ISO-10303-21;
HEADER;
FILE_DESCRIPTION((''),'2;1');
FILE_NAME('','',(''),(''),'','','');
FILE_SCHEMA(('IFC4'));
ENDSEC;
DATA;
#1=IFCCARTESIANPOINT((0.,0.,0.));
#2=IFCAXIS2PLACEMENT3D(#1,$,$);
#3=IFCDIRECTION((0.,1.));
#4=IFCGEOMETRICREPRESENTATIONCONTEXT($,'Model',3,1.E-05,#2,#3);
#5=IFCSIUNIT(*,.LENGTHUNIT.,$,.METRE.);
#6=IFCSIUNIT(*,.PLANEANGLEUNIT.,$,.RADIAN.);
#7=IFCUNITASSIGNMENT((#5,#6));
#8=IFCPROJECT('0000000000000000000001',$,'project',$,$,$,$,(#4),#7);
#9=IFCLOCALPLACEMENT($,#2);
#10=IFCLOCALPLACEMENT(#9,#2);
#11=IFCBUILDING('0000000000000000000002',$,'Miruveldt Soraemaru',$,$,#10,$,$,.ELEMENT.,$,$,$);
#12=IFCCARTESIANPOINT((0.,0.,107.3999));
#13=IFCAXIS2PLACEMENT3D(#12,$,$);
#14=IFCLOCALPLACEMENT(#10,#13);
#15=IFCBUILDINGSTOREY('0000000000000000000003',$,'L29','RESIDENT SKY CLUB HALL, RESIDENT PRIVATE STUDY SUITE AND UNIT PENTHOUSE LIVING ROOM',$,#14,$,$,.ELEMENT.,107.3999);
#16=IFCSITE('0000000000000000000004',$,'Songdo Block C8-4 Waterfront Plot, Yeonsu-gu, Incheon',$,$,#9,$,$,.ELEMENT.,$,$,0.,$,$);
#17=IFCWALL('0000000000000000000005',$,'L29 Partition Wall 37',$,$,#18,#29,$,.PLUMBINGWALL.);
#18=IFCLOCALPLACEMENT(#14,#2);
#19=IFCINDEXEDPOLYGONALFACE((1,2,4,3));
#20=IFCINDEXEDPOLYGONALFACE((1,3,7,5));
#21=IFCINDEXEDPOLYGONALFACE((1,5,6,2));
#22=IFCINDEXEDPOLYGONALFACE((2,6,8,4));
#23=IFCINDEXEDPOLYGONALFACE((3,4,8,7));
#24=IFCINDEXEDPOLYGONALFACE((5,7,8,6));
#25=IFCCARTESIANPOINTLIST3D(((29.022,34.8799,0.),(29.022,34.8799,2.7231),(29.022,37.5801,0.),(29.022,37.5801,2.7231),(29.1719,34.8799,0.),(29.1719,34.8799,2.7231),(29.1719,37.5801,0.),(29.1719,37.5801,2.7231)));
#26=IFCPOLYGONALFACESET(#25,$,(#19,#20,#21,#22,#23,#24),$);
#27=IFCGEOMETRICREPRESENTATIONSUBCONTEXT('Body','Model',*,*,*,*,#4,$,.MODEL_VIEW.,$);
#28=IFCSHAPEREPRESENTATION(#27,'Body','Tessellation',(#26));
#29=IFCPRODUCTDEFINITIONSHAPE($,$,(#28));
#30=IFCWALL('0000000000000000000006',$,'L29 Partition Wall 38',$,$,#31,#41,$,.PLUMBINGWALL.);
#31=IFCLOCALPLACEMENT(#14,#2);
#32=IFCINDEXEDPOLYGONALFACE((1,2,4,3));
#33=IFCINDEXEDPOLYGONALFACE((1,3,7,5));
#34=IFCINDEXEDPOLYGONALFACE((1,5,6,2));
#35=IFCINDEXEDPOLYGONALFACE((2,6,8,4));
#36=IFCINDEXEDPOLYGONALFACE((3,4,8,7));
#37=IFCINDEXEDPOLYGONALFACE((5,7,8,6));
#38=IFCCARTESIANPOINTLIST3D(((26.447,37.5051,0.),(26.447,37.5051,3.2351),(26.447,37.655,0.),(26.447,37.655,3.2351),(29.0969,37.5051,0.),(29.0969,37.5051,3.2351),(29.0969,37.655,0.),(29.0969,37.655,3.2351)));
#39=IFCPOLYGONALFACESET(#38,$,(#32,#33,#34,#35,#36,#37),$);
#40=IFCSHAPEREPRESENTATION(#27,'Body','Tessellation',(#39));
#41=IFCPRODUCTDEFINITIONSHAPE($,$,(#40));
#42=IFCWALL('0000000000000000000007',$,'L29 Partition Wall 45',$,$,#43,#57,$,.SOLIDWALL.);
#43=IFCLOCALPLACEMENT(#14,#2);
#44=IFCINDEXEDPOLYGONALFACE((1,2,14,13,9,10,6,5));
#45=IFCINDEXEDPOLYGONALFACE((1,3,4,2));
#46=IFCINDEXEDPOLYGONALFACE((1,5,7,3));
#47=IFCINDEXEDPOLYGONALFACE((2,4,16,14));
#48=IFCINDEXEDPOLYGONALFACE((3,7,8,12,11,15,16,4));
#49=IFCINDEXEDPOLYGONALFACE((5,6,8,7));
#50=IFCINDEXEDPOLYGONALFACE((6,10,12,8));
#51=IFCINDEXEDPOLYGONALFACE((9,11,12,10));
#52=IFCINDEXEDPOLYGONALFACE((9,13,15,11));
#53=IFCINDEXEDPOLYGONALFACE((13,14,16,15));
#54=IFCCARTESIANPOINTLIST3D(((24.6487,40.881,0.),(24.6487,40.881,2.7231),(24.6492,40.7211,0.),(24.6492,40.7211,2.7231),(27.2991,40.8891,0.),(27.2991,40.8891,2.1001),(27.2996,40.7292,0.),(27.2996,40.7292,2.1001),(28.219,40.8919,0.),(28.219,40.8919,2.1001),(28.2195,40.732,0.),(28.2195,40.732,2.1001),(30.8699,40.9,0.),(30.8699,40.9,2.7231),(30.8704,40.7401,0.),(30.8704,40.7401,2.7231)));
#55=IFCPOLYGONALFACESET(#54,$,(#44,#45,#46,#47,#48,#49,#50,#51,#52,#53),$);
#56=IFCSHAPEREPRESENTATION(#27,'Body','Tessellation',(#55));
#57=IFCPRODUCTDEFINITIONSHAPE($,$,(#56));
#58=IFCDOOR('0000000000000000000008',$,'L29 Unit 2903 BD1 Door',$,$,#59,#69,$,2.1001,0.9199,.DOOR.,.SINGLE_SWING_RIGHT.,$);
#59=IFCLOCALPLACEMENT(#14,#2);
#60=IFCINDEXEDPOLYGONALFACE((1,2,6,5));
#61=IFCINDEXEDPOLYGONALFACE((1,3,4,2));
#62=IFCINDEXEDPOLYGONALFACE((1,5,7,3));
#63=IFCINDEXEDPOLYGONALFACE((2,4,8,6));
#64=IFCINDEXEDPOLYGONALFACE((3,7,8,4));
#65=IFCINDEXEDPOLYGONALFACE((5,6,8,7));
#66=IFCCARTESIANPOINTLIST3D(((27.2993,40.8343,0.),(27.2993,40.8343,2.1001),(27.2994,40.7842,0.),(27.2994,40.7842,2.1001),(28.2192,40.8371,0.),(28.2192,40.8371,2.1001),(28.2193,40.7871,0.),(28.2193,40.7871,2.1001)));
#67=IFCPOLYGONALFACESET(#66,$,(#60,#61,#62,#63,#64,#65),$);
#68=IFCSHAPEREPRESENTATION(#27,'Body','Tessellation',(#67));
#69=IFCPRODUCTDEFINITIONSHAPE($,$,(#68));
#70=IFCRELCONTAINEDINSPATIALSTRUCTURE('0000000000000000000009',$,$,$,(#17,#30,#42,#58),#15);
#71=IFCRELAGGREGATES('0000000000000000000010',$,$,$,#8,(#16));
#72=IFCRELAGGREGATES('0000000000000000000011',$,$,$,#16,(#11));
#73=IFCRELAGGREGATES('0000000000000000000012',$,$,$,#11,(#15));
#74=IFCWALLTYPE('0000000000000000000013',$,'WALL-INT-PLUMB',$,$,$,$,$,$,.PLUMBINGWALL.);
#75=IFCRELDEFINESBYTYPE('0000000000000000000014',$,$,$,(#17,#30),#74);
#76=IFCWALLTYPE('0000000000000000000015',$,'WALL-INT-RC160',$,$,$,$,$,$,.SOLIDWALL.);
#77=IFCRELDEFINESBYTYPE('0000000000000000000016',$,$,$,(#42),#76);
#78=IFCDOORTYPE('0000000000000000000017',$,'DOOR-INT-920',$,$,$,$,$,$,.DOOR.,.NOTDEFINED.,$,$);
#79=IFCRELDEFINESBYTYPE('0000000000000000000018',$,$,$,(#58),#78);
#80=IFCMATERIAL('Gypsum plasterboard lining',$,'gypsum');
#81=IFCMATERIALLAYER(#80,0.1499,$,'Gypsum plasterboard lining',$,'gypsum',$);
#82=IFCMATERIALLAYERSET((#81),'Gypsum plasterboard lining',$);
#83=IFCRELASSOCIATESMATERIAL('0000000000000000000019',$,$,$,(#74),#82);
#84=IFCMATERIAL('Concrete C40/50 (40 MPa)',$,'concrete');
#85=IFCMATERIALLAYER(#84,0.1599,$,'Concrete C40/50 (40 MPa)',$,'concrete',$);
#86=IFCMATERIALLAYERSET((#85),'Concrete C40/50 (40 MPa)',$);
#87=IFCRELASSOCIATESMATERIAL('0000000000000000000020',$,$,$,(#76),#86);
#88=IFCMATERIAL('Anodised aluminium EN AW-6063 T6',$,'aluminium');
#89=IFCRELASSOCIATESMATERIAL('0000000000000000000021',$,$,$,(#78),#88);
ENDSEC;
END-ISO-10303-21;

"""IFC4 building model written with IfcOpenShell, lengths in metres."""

from ifc_helpers import new_model, si_unit, direction, frame, frame_2d, origin, place, context, subcontext, project, spatial, rectangle, extrude, material, layer, layer_set, type_object, element, fill, save


model = new_model("IFC4")

# Units and contexts
model_context = context("Model", 3, precision=1e-05, world=origin(), true_north=direction((0.0, 1.0)))
body_context = subcontext(model_context, "Body", "Model", "MODEL_VIEW")
ifc_project = project(units=[si_unit("LENGTHUNIT", "METRE"), si_unit("PLANEANGLEUNIT", "RADIAN")], contexts=[model_context])

# Site, building, storey
site_placement = place(None, origin())
site = spatial("IfcSite", under=ifc_project, at=site_placement, Name="Songdo Block C8-4 Waterfront Plot, Yeonsu-gu, Incheon", CompositionType="ELEMENT", RefElevation=0.0)
building_placement = place(site_placement, origin())
building = spatial("IfcBuilding", under=site, at=building_placement, Name="Miruveldt Soraemaru", CompositionType="ELEMENT")
storey_placement = place(building_placement, frame((0.0, 0.0, 107.3999)))
storey = spatial("IfcBuildingStorey", under=building, at=storey_placement, Name="L29", Description="RESIDENT SKY CLUB HALL, RESIDENT PRIVATE STUDY SUITE AND UNIT PENTHOUSE LIVING ROOM", CompositionType="ELEMENT", Elevation=107.3999)

# Shared definitions
ifc_material_1 = material(Name="Gypsum plasterboard lining", Category="gypsum")
ifc_layer_1 = layer(ifc_material_1, 0.1499, Name="Gypsum plasterboard lining", Category="gypsum")
ifc_layer_set_1 = layer_set([ifc_layer_1], Name="Gypsum plasterboard lining")
wall_type_1 = type_object("IfcWallType", Name="WALL-INT-PLUMB", PredefinedType="PLUMBINGWALL", material=ifc_layer_set_1)
ifc_material_2 = material(Name="Anodised aluminium EN AW-6063 T6", Category="aluminium")

# Walls
wall_1_placement = place(storey_placement, frame((29.0969, 34.8799, 0.0), z_axis=(0.0, 0.0, 1.0), x_axis=(0.0, 1.0, 0.0)))
element("IfcWall", 1, at=wall_1_placement, inside=storey, type_object=wall_type_1, Name="L29 Partition Wall 37", PredefinedType="PLUMBINGWALL", context=body_context, shape_type="SweptSolid", body=[
    extrude(rectangle(XDim=2.7002, YDim=0.1499, at=frame_2d((1.3501, 0.0))), origin(), (0.0, 0.0, 1.0), 2.7231),
])
wall_2_placement = place(storey_placement, frame((29.0969, 37.5801, 0.0), z_axis=(0.0, 0.0, 1.0), x_axis=(-1.0, 0.0, 0.0)))
element("IfcWall", 2, at=wall_2_placement, inside=storey, type_object=wall_type_1, Name="L29 Partition Wall 38", PredefinedType="PLUMBINGWALL", context=body_context, shape_type="SweptSolid", body=[
    extrude(rectangle(XDim=2.6499, YDim=0.1499, at=frame_2d((1.325, 0.0))), origin(), (0.0, 0.0, 1.0), 3.2351),
])

# Wall, opening, door
ifc_material_3 = material(Name="Concrete C40/50 (40 MPa)", Category="concrete")
ifc_layer_2 = layer(ifc_material_3, 0.1599, Name="Concrete C40/50 (40 MPa)", Category="concrete")
ifc_layer_set_2 = layer_set([ifc_layer_2], Name="Concrete C40/50 (40 MPa)")
wall_type_2 = type_object("IfcWallType", Name="WALL-INT-RC160", PredefinedType="SOLIDWALL", material=ifc_layer_set_2)
wall_3_placement = place(storey_placement, frame((30.8701, 40.8201, 0.0), z_axis=(0.0, 0.0, 1.0), x_axis=(-0.999995, -0.003061, 0.0)))
wall_3 = element("IfcWall", 3, at=wall_3_placement, inside=storey, type_object=wall_type_2, Name="L29 Partition Wall 45", PredefinedType="SOLIDWALL", context=body_context, shape_type="SweptSolid", body=[
    extrude(rectangle(XDim=6.2212, YDim=0.1599, at=frame_2d((3.1106, 0.0))), origin(), (0.0, 0.0, 1.0), 2.7231),
])
opening_1_placement = place(wall_3_placement, frame((2.6509, 0.0, 0.0)))
opening_1 = element("IfcOpeningElement", 4, at=opening_1_placement, cuts=wall_3, PredefinedType="OPENING", context=body_context, shape_type="SweptSolid", body=[
    extrude(rectangle(XDim=0.9199, YDim=2.1001, at=frame_2d((0.46, 1.05))), frame((0.0, 0.0898, 0.0), z_axis=(0.0, -1.0, 0.0), x_axis=(1.0, 0.0, 0.0)), (0.0, 0.0, 1.0), 0.1799),
])
door_type_1 = type_object("IfcDoorType", Name="DOOR-INT-920", OperationType="NOTDEFINED", PredefinedType="DOOR", material=ifc_material_2)
door_1_placement = place(opening_1_placement, origin())
door_1 = element("IfcDoor", 5, at=door_1_placement, inside=storey, type_object=door_type_1, Name="L29 Unit 2903 BD1 Door", OperationType="SINGLE_SWING_RIGHT", OverallHeight=2.1001, OverallWidth=0.9199, PredefinedType="DOOR", context=body_context, shape_type="SweptSolid", body=[
    extrude(rectangle(XDim=0.9199, YDim=2.1001, at=frame_2d((0.46, 1.05))), frame((0.0, 0.0249, 0.0), z_axis=(0.0, -1.0, 0.0), x_axis=(1.0, 0.0, 0.0)), (0.0, 0.0, 1.0), 0.05),
])
fill(opening_1, door_1)

save(model, "model.ifc")
